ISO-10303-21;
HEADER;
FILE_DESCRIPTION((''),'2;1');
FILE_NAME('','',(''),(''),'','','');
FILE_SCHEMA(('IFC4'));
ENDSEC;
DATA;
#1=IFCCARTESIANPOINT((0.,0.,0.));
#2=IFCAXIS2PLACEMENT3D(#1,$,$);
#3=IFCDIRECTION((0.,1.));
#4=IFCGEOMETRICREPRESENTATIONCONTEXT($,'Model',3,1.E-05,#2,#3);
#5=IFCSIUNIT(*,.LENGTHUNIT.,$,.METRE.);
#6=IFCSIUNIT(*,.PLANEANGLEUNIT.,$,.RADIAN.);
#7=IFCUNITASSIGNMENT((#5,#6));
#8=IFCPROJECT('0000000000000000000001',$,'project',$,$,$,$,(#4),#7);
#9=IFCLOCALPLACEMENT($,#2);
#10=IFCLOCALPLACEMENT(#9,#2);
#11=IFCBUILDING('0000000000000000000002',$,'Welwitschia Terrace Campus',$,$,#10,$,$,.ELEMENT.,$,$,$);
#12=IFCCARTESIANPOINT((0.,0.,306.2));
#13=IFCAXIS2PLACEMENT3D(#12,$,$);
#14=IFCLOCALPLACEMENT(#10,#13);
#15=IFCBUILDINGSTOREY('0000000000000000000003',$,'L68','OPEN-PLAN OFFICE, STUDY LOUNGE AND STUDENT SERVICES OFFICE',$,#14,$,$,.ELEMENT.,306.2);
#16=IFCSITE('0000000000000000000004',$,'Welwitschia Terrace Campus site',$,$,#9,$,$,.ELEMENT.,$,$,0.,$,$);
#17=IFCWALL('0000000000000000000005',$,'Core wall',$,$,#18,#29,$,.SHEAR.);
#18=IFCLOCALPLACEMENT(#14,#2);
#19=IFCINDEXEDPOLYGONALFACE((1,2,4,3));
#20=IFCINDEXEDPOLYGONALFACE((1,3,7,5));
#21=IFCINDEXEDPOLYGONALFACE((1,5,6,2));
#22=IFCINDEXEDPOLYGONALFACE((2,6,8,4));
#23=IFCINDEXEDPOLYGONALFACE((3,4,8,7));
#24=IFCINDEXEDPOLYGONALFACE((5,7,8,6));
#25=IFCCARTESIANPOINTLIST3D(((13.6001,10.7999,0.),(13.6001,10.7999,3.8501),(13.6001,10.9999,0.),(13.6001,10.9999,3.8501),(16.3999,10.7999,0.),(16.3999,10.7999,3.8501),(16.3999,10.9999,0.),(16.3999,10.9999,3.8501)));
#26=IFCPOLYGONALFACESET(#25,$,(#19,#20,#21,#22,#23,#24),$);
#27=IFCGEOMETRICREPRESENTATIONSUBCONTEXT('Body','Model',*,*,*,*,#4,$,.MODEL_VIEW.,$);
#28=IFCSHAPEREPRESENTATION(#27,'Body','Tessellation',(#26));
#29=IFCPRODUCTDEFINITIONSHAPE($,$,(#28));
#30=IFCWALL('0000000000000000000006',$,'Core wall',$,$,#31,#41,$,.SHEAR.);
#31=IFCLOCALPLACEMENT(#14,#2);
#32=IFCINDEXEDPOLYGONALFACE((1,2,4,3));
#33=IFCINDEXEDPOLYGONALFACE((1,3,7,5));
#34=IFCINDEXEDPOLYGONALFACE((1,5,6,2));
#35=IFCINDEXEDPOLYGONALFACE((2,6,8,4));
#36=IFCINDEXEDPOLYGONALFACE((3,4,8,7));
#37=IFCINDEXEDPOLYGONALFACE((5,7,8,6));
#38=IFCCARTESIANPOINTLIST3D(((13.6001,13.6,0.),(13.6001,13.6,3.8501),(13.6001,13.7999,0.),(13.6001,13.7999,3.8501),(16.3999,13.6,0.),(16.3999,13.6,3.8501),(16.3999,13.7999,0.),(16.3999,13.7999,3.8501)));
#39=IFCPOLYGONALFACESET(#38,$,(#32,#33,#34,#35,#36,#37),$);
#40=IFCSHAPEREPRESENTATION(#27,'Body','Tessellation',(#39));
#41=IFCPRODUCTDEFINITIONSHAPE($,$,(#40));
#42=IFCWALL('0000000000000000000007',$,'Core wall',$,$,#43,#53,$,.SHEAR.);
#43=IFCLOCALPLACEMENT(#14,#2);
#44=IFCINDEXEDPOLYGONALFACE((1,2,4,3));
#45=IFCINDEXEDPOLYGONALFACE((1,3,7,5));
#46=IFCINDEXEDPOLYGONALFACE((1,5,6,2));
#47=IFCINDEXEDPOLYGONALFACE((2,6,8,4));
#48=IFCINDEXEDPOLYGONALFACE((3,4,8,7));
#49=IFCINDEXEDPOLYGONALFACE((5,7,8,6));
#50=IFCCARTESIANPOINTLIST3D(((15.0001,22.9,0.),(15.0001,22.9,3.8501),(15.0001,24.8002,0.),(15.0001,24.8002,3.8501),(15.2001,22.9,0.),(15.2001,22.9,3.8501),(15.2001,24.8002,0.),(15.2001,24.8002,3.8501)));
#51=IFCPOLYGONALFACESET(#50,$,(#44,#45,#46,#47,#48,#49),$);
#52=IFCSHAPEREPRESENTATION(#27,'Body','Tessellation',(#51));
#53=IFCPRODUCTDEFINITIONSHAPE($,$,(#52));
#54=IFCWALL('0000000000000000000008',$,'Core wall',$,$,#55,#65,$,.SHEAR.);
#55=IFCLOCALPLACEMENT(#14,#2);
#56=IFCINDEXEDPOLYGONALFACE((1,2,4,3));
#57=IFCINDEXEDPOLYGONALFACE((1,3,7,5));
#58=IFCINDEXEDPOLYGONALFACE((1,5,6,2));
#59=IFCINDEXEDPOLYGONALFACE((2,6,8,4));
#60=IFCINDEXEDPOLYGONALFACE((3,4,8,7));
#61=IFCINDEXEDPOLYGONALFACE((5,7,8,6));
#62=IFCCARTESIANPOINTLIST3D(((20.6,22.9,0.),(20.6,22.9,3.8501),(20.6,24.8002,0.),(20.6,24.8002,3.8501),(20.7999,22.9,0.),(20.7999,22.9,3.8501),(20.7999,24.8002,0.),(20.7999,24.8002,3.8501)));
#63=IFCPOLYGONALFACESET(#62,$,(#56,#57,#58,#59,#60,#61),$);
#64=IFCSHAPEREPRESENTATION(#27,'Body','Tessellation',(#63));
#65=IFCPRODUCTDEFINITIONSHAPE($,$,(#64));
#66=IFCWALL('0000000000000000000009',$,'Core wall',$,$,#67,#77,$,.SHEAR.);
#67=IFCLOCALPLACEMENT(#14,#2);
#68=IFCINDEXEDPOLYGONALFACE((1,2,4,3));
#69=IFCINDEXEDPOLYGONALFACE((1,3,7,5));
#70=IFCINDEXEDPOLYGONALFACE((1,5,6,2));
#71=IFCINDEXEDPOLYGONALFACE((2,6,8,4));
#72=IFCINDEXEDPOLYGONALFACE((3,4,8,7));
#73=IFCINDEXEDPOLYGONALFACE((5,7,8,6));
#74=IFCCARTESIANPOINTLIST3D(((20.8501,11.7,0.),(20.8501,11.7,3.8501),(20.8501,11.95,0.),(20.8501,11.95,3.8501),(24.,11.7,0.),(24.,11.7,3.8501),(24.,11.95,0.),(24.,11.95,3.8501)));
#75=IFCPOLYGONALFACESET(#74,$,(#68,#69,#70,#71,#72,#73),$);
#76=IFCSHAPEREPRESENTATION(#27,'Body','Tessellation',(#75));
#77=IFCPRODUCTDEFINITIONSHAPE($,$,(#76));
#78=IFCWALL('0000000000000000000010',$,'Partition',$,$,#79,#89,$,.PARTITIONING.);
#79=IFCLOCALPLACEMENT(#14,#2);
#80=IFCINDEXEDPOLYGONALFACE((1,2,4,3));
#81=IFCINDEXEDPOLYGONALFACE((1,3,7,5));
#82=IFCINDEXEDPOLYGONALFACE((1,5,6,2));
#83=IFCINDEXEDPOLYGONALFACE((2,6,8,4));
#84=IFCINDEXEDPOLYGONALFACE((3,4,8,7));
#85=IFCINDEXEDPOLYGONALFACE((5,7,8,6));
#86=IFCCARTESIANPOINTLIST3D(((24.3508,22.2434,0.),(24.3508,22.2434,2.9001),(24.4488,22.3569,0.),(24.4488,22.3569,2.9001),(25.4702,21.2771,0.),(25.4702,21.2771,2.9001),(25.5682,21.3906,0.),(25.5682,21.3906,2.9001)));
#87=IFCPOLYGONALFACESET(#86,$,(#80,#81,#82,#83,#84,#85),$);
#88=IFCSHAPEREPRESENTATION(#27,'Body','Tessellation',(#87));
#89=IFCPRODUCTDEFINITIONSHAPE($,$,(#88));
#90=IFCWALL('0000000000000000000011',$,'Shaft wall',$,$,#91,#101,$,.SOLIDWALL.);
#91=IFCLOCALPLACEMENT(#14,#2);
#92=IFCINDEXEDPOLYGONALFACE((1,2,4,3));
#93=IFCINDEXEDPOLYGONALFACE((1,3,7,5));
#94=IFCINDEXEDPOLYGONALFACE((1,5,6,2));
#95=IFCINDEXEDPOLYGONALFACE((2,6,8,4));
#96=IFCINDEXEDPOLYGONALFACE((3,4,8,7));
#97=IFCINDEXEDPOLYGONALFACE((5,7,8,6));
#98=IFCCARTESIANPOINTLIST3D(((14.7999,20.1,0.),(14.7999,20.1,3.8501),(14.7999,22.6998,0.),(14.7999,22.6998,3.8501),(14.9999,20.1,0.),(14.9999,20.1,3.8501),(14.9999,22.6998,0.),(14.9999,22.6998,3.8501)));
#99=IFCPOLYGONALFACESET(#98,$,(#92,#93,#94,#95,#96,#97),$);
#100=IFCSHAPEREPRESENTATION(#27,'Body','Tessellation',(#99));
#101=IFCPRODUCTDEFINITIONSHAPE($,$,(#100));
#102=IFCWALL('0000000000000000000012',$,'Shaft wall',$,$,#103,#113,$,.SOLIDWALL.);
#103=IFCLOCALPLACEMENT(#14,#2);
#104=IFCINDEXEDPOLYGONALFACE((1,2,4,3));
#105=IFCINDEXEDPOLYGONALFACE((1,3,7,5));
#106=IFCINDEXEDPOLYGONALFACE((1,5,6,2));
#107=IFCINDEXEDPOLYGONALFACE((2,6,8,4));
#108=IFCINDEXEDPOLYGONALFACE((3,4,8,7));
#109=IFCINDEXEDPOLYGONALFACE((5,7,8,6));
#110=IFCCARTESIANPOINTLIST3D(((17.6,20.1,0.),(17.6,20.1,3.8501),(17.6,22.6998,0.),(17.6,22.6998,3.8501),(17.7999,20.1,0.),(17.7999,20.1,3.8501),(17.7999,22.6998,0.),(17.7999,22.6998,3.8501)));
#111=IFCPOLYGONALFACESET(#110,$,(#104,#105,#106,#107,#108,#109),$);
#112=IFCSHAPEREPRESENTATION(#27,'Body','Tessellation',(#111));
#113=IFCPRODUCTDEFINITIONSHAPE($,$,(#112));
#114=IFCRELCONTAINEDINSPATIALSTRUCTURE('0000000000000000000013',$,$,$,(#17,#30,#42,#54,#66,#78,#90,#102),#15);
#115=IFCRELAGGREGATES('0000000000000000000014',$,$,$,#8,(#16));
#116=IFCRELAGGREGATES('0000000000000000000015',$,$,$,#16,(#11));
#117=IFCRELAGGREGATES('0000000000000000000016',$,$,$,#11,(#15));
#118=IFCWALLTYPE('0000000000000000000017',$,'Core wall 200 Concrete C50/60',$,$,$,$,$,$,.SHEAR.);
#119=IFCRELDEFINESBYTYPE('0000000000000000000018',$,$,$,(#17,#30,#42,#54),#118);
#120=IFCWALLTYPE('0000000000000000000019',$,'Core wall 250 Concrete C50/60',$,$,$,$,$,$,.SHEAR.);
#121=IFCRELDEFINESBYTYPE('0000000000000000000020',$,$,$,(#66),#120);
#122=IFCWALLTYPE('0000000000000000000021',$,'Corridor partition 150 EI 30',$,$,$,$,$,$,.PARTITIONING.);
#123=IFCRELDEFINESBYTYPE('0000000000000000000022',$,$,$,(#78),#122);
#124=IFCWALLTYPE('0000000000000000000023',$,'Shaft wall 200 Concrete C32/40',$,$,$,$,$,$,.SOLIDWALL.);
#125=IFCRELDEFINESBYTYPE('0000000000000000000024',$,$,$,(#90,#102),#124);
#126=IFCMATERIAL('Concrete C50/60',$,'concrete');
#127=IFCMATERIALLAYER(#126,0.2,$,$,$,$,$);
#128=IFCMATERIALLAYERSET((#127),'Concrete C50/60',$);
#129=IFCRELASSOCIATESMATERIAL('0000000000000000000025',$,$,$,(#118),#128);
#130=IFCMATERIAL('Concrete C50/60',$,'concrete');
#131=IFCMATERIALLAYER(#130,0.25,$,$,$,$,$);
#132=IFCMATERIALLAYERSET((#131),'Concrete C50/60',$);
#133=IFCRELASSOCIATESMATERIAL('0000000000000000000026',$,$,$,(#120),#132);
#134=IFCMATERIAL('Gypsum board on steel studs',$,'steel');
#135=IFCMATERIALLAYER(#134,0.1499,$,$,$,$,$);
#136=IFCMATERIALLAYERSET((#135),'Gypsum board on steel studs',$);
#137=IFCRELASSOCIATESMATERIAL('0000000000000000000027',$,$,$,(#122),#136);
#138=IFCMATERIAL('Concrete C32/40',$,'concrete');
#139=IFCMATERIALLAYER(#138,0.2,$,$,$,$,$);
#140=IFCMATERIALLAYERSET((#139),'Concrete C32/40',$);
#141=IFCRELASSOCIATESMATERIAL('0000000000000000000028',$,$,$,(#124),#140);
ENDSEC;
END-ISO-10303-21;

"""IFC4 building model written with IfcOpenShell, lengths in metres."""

from ifc_helpers import new_model, si_unit, direction, frame, frame_2d, origin, place, context, subcontext, project, spatial, rectangle, extrude, material, layer, layer_set, type_object, element, save


model = new_model("IFC4")

# Units and contexts
model_context = context("Model", 3, precision=1e-05, world=origin(), true_north=direction((0.0, 1.0)))
body_context = subcontext(model_context, "Body", "Model", "MODEL_VIEW")
ifc_project = project(units=[si_unit("LENGTHUNIT", "METRE"), si_unit("PLANEANGLEUNIT", "RADIAN")], contexts=[model_context])

# Site, building, storey
site_placement = place(None, origin())
site = spatial("IfcSite", under=ifc_project, at=site_placement, Name="Welwitschia Terrace Campus site", CompositionType="ELEMENT", RefElevation=0.0)
building_placement = place(site_placement, origin())
building = spatial("IfcBuilding", under=site, at=building_placement, Name="Welwitschia Terrace Campus", CompositionType="ELEMENT")
storey_placement = place(building_placement, frame((0.0, 0.0, 306.2)))
storey = spatial("IfcBuildingStorey", under=building, at=storey_placement, Name="L68", Description="OPEN-PLAN OFFICE, STUDY LOUNGE AND STUDENT SERVICES OFFICE", CompositionType="ELEMENT", Elevation=306.2)

# Walls
ifc_material_1 = material(Name="Concrete C50/60", Category="concrete")
ifc_layer_1 = layer(ifc_material_1, 0.2)
ifc_layer_set_1 = layer_set([ifc_layer_1], Name="Concrete C50/60")
wall_type_1 = type_object("IfcWallType", Name="Core wall 200 Concrete C50/60", PredefinedType="SHEAR", material=ifc_layer_set_1)
for number, where, z_axis, x_axis, name in (
    (1, (13.6001, 10.8999, 0.0), (0.0, 0.0, 1.0), (1.0, 0.0, 0.0), "Core wall"),
    (2, (13.6001, 13.7, 0.0), (0.0, 0.0, 1.0), (1.0, 0.0, 0.0), "Core wall"),
):
    element("IfcWall", number, at=place(storey_placement, frame(where, z_axis=z_axis, x_axis=x_axis)), inside=storey, type_object=wall_type_1, Name=name, PredefinedType="SHEAR", context=body_context, shape_type="SweptSolid", body=[
        extrude(rectangle(XDim=2.7998, YDim=0.2, at=frame_2d((1.3999, 0.0))), origin(), (0.0, 0.0, 1.0), 3.8501),
    ])
for number, where, z_axis, x_axis, name in (
    (3, (15.1001, 22.8999, 0.0), (0.0, 0.0, 1.0), (0.0, 1.0, 0.0), "Core wall"),
    (4, (20.7, 22.8999, 0.0), (0.0, 0.0, 1.0), (0.0, 1.0, 0.0), "Core wall"),
):
    element("IfcWall", number, at=place(storey_placement, frame(where, z_axis=z_axis, x_axis=x_axis)), inside=storey, type_object=wall_type_1, Name=name, PredefinedType="SHEAR", context=body_context, shape_type="SweptSolid", body=[
        extrude(rectangle(XDim=1.9001, YDim=0.2, at=frame_2d((0.9502, 0.0))), origin(), (0.0, 0.0, 1.0), 3.8501),
    ])
ifc_material_2 = material(Name="Concrete C50/60", Category="concrete")
ifc_layer_2 = layer(ifc_material_2, 0.25)
ifc_layer_set_2 = layer_set([ifc_layer_2], Name="Concrete C50/60")
wall_type_2 = type_object("IfcWallType", Name="Core wall 250 Concrete C50/60", PredefinedType="SHEAR", material=ifc_layer_set_2)
wall_1_placement = place(storey_placement, frame((20.8501, 11.825, 0.0), z_axis=(0.0, 0.0, 1.0), x_axis=(1.0, 0.0, 0.0)))
element("IfcWall", 5, at=wall_1_placement, inside=storey, type_object=wall_type_2, Name="Core wall", PredefinedType="SHEAR", context=body_context, shape_type="SweptSolid", body=[
    extrude(rectangle(XDim=3.1499, YDim=0.25, at=frame_2d((1.575, 0.0))), origin(), (0.0, 0.0, 1.0), 3.8501),
])
ifc_material_3 = material(Name="Gypsum board on steel studs", Category="steel")
ifc_layer_3 = layer(ifc_material_3, 0.1499)
ifc_layer_set_3 = layer_set([ifc_layer_3], Name="Gypsum board on steel studs")
wall_type_3 = type_object("IfcWallType", Name="Corridor partition 150 EI 30", PredefinedType="PARTITIONING", material=ifc_layer_set_3)
wall_2_placement = place(storey_placement, frame((24.3999, 22.3, 0.0), z_axis=(0.0, 0.0, 1.0), x_axis=(0.756968, -0.653452, 0.0)))
element("IfcWall", 6, at=wall_2_placement, inside=storey, type_object=wall_type_3, Name="Partition", PredefinedType="PARTITIONING", context=body_context, shape_type="SweptSolid", body=[
    extrude(rectangle(XDim=1.4788, YDim=0.1499, at=frame_2d((0.7393, 0.0))), origin(), (0.0, 0.0, 1.0), 2.9001),
])
ifc_material_4 = material(Name="Concrete C32/40", Category="concrete")
ifc_layer_4 = layer(ifc_material_4, 0.2)
ifc_layer_set_4 = layer_set([ifc_layer_4], Name="Concrete C32/40")
wall_type_4 = type_object("IfcWallType", Name="Shaft wall 200 Concrete C32/40", PredefinedType="SOLIDWALL", material=ifc_layer_set_4)
for number, where, z_axis, x_axis, name in (
    (7, (14.8999, 20.1001, 0.0), (0.0, 0.0, 1.0), (0.0, 1.0, 0.0), "Shaft wall"),
    (8, (17.7, 20.1001, 0.0), (0.0, 0.0, 1.0), (0.0, 1.0, 0.0), "Shaft wall"),
):
    element("IfcWall", number, at=place(storey_placement, frame(where, z_axis=z_axis, x_axis=x_axis)), inside=storey, type_object=wall_type_4, Name=name, PredefinedType="SOLIDWALL", context=body_context, shape_type="SweptSolid", body=[
        extrude(rectangle(XDim=2.5999, YDim=0.2, at=frame_2d((1.2998, 0.0))), origin(), (0.0, 0.0, 1.0), 3.8501),
    ])

save(model, "model.ifc")
